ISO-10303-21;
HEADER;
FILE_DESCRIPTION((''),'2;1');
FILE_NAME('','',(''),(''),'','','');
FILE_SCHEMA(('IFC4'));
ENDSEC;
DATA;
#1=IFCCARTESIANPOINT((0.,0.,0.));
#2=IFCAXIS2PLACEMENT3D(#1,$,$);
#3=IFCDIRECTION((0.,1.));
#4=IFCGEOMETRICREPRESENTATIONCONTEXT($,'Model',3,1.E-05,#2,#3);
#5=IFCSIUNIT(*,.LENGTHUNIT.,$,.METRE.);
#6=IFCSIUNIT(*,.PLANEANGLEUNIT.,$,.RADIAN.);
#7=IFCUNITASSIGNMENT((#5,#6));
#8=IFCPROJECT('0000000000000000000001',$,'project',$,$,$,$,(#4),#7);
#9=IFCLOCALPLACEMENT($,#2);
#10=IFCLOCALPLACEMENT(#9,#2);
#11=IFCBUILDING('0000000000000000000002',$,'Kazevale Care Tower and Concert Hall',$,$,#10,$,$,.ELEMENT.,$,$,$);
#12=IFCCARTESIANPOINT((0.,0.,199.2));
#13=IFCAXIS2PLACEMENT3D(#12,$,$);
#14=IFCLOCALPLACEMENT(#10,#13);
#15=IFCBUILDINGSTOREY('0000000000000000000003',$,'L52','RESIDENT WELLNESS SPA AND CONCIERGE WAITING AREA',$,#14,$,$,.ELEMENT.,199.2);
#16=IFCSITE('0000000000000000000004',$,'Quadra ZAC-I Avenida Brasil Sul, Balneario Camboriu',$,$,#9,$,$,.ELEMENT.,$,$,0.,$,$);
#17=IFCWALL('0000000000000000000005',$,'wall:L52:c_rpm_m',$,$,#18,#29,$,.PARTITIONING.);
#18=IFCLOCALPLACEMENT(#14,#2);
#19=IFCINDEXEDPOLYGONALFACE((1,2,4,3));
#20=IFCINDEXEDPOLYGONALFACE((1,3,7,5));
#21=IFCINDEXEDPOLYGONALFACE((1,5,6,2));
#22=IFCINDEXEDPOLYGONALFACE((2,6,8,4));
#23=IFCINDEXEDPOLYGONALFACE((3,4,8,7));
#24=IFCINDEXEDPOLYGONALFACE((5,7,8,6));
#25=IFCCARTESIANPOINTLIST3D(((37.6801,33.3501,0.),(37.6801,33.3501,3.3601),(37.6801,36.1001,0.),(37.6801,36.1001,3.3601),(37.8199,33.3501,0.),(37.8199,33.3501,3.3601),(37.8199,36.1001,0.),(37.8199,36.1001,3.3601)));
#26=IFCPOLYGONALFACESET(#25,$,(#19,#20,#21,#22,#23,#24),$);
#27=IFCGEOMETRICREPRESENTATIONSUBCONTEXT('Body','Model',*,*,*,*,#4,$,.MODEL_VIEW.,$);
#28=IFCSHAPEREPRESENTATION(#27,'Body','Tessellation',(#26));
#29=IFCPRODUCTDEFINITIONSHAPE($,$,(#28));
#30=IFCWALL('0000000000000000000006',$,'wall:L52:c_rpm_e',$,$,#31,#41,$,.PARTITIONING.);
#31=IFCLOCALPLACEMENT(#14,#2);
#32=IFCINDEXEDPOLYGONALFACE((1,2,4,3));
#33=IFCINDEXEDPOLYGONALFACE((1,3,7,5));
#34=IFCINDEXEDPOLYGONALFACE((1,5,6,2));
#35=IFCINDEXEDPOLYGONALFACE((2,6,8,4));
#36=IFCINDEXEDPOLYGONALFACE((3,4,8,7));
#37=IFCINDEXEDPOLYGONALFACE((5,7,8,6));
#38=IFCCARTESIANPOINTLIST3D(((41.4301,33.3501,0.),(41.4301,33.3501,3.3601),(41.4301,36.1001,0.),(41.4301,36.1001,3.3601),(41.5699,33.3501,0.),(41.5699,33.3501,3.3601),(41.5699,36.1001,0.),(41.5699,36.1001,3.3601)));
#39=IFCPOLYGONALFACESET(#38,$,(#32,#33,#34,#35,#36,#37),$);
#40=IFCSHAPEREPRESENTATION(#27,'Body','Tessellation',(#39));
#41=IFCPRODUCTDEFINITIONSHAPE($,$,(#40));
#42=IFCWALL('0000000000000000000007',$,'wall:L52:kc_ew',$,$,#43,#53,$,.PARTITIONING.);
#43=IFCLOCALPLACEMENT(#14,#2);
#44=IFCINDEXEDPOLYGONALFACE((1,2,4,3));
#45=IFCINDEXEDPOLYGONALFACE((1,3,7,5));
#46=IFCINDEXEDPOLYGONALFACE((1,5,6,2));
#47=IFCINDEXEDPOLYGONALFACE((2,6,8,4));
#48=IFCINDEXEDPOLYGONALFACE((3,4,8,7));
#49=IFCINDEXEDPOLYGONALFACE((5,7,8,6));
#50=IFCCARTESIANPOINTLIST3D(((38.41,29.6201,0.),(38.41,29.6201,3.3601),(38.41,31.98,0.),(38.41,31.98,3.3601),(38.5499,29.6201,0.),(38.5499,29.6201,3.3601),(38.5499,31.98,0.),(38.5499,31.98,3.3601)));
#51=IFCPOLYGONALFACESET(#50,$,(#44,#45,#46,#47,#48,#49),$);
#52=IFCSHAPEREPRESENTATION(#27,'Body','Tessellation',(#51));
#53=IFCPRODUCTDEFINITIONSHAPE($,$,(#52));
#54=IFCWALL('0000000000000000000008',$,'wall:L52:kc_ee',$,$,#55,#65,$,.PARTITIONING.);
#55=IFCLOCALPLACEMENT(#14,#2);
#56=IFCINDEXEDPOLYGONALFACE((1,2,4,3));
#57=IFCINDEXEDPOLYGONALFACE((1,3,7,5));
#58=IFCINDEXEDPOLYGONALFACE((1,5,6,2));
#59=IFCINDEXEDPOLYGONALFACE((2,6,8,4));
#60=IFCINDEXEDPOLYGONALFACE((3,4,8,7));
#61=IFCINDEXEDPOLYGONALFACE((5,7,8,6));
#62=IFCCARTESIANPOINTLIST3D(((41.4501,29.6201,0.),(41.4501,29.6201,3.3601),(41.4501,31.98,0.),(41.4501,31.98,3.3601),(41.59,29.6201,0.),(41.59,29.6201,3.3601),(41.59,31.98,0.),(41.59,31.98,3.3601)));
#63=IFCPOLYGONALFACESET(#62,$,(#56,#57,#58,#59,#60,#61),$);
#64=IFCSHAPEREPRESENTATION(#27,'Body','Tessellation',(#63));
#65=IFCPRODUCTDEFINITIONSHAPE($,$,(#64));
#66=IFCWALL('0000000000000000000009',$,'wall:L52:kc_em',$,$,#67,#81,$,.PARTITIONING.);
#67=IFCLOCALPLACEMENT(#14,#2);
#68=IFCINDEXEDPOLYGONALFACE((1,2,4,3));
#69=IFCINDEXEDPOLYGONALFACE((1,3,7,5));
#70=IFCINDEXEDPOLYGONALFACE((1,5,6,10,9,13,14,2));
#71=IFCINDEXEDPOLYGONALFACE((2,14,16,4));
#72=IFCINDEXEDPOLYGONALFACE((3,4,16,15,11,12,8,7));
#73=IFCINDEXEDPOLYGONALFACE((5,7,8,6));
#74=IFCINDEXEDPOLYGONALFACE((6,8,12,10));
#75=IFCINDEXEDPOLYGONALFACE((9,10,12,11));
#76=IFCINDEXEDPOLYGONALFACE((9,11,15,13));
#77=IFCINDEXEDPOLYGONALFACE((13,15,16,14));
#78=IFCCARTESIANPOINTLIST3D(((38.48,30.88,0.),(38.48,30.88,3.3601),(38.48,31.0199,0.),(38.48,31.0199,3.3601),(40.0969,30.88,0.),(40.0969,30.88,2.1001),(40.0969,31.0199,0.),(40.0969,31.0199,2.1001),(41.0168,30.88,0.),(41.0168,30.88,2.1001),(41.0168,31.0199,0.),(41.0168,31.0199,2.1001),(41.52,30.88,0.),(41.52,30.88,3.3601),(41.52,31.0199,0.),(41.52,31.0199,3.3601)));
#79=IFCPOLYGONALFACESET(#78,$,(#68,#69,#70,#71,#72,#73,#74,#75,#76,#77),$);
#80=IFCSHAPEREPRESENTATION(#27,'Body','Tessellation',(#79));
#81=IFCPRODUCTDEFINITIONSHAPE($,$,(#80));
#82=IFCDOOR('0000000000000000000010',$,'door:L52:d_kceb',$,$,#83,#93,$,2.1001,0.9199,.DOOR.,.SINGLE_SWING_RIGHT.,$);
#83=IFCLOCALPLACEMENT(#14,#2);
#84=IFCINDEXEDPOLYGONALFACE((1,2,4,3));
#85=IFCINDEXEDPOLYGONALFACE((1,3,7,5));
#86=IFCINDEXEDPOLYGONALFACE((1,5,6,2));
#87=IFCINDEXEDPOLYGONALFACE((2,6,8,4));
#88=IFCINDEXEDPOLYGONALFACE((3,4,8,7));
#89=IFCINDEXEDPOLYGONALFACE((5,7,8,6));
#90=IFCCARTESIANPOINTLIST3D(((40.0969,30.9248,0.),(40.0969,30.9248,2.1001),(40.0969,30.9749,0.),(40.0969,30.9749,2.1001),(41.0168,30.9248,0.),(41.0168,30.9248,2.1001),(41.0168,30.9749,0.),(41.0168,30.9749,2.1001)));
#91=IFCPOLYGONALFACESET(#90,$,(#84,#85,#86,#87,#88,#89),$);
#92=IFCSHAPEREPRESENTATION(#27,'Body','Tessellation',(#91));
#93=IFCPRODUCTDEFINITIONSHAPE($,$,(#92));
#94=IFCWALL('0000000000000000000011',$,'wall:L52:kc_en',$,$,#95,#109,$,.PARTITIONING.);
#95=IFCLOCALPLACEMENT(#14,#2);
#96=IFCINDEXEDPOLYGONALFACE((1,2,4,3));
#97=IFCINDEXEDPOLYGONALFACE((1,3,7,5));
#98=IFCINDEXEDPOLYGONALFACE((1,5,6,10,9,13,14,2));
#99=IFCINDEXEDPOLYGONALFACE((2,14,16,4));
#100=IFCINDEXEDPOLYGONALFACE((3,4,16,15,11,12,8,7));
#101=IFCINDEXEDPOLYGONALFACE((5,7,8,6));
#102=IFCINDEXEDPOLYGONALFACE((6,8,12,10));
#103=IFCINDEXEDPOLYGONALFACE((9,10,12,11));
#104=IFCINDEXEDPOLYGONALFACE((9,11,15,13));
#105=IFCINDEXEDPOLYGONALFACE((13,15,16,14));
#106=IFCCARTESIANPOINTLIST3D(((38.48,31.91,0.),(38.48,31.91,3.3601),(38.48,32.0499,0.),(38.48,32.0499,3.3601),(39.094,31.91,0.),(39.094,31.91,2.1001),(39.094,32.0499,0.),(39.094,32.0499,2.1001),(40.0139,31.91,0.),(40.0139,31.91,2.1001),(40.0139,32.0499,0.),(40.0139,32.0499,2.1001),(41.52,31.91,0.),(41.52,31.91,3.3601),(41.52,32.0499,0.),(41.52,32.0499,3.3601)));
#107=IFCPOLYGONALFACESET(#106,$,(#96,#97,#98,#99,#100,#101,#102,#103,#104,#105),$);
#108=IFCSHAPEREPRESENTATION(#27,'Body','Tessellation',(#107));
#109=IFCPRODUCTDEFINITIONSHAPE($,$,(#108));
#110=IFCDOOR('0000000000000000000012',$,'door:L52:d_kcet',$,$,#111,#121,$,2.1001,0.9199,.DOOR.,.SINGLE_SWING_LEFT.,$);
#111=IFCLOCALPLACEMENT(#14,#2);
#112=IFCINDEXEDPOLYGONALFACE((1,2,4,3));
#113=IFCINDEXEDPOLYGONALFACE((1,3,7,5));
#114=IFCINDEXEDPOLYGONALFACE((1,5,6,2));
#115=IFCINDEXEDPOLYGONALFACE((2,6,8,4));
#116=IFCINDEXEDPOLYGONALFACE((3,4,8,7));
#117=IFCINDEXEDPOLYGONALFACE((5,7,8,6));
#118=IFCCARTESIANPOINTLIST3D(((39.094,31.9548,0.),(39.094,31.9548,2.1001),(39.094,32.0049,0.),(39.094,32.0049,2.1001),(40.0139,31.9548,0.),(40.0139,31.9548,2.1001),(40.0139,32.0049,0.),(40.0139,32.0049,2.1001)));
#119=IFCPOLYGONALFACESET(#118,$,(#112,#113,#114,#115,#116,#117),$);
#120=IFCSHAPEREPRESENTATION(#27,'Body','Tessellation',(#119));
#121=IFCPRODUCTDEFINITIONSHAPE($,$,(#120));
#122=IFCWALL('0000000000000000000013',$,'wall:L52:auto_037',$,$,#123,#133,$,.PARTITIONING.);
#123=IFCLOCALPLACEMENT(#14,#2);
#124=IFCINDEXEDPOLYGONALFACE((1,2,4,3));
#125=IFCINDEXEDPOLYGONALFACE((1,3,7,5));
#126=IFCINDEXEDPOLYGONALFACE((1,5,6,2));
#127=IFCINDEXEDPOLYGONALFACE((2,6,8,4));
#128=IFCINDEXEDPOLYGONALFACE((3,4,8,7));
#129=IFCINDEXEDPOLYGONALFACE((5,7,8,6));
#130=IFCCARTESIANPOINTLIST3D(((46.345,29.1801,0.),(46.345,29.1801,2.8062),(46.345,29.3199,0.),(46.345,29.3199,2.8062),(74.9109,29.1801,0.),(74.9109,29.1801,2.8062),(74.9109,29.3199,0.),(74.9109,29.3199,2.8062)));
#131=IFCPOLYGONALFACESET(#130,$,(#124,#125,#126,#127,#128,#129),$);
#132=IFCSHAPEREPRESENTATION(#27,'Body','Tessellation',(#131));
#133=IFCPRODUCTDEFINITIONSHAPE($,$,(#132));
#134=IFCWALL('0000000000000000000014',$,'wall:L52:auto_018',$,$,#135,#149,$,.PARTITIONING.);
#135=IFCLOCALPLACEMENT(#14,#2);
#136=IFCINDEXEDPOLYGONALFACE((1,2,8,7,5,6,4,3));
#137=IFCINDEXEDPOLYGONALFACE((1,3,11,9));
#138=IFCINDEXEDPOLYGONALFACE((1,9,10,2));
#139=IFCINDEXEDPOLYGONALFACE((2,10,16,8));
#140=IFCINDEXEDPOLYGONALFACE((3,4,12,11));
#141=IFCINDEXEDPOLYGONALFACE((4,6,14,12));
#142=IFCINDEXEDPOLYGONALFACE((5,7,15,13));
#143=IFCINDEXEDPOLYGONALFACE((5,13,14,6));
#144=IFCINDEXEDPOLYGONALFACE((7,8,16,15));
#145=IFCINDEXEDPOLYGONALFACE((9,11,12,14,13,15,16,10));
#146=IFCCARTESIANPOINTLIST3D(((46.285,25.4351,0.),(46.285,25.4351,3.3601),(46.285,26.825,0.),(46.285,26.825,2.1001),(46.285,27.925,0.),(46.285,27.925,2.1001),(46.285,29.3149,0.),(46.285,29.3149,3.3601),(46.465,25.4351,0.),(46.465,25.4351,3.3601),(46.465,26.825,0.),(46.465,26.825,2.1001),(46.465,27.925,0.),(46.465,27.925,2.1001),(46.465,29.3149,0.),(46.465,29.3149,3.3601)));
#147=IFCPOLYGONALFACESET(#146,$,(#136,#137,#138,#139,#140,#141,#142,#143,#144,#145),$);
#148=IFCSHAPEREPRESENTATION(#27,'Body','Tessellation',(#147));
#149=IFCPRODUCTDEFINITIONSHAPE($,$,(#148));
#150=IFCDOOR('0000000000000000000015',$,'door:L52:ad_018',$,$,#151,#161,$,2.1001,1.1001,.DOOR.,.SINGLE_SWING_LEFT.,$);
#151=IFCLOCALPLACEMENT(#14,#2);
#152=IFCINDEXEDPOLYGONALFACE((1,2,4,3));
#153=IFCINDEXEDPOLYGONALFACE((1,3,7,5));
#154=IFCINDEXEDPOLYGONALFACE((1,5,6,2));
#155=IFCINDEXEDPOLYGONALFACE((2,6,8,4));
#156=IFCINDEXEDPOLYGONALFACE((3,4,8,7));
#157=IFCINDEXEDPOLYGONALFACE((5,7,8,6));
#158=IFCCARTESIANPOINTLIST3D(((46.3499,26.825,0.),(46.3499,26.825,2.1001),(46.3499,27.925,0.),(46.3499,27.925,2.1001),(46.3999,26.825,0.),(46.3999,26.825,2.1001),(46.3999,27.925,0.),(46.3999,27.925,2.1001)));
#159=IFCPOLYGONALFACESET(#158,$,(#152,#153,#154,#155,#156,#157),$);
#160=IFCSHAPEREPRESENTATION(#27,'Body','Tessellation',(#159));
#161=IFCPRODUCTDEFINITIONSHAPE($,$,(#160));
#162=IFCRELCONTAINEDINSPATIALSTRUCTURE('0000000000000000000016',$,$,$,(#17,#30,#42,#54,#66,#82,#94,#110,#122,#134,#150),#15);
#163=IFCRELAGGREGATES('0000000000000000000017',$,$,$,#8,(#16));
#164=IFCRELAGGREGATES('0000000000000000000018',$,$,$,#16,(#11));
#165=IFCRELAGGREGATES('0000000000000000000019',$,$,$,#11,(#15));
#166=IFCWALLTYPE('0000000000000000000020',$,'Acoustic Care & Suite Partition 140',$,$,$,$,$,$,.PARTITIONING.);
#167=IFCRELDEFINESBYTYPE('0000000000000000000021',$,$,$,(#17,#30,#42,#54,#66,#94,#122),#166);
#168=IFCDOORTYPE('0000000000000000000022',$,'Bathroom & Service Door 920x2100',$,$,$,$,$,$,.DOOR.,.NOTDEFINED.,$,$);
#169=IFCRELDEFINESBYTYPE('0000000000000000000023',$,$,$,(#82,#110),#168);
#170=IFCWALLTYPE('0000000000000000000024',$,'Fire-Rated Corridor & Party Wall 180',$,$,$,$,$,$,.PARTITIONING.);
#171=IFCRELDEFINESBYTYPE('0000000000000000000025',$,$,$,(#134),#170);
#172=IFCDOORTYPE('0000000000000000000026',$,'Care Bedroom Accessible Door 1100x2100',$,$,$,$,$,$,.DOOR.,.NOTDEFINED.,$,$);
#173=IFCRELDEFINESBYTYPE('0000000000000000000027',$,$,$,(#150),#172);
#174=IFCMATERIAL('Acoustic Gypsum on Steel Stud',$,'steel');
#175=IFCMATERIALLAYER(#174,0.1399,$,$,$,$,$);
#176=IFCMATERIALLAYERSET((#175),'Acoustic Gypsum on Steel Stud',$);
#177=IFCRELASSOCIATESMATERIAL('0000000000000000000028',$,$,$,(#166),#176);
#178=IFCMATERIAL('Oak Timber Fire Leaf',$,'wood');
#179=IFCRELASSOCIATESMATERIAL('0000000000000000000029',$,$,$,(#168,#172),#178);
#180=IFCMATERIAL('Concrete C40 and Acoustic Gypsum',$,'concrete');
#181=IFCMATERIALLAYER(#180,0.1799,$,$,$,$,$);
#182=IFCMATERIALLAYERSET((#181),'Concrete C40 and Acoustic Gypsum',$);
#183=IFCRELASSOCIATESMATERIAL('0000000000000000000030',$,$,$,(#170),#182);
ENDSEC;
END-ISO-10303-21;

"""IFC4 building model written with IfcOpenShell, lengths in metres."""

from ifc_helpers import new_model, si_unit, direction, frame, frame_2d, origin, place, context, subcontext, project, spatial, rectangle, extrude, material, layer, layer_set, type_object, element, fill, save


model = new_model("IFC4")

# Units and contexts
model_context = context("Model", 3, precision=1e-05, world=origin(), true_north=direction((0.0, 1.0)))
body_context = subcontext(model_context, "Body", "Model", "MODEL_VIEW")
ifc_project = project(units=[si_unit("LENGTHUNIT", "METRE"), si_unit("PLANEANGLEUNIT", "RADIAN")], contexts=[model_context])

# Site, building, storey
site_placement = place(None, origin())
site = spatial("IfcSite", under=ifc_project, at=site_placement, Name="Quadra ZAC-I Avenida Brasil Sul, Balneario Camboriu", CompositionType="ELEMENT", RefElevation=0.0)
building_placement = place(site_placement, origin())
building = spatial("IfcBuilding", under=site, at=building_placement, Name="Kazevale Care Tower and Concert Hall", CompositionType="ELEMENT")
storey_placement = place(building_placement, frame((0.0, 0.0, 199.2)))
storey = spatial("IfcBuildingStorey", under=building, at=storey_placement, Name="L52", Description="RESIDENT WELLNESS SPA AND CONCIERGE WAITING AREA", CompositionType="ELEMENT", Elevation=199.2)

# Shared definitions
ifc_material_1 = material(Name="Acoustic Gypsum on Steel Stud", Category="steel")
ifc_layer_1 = layer(ifc_material_1, 0.1399)
ifc_layer_set_1 = layer_set([ifc_layer_1], Name="Acoustic Gypsum on Steel Stud")
wall_type_1 = type_object("IfcWallType", Name="Acoustic Care & Suite Partition 140", PredefinedType="PARTITIONING", material=ifc_layer_set_1)
ifc_material_2 = material(Name="Oak Timber Fire Leaf", Category="wood")
door_type_1 = type_object("IfcDoorType", Name="Bathroom & Service Door 920x2100", OperationType="NOTDEFINED", PredefinedType="DOOR", material=ifc_material_2)

# Walls
for number, where, z_axis, x_axis, name in (
    (1, (37.75, 33.3501, 0.0), (0.0, 0.0, 1.0), (0.0, 1.0, 0.0), "wall:L52:c_rpm_m"),
    (2, (41.5, 33.3501, 0.0), (0.0, 0.0, 1.0), (0.0, 1.0, 0.0), "wall:L52:c_rpm_e"),
):
    element("IfcWall", number, at=place(storey_placement, frame(where, z_axis=z_axis, x_axis=x_axis)), inside=storey, type_object=wall_type_1, Name=name, PredefinedType="PARTITIONING", context=body_context, shape_type="SweptSolid", body=[
        extrude(rectangle(XDim=2.75, YDim=0.1399, at=frame_2d((1.375, 0.0))), origin(), (0.0, 0.0, 1.0), 3.3601),
    ])
for number, where, z_axis, x_axis, name in (
    (3, (38.48, 29.6201, 0.0), (0.0, 0.0, 1.0), (0.0, 1.0, 0.0), "wall:L52:kc_ew"),
    (4, (41.52, 29.6201, 0.0), (0.0, 0.0, 1.0), (0.0, 1.0, 0.0), "wall:L52:kc_ee"),
):
    element("IfcWall", number, at=place(storey_placement, frame(where, z_axis=z_axis, x_axis=x_axis)), inside=storey, type_object=wall_type_1, Name=name, PredefinedType="PARTITIONING", context=body_context, shape_type="SweptSolid", body=[
        extrude(rectangle(XDim=2.3599, YDim=0.1399, at=frame_2d((1.1799, 0.0))), origin(), (0.0, 0.0, 1.0), 3.3601),
    ])

# Walls, openings, doors
wall_1_placement = place(storey_placement, frame((38.48, 30.95, 0.0), z_axis=(0.0, 0.0, 1.0), x_axis=(1.0, 0.0, 0.0)))
wall_1 = element("IfcWall", 5, at=wall_1_placement, inside=storey, type_object=wall_type_1, Name="wall:L52:kc_em", PredefinedType="PARTITIONING", context=body_context, shape_type="SweptSolid", body=[
    extrude(rectangle(XDim=3.04, YDim=0.1399, at=frame_2d((1.52, 0.0))), origin(), (0.0, 0.0, 1.0), 3.3601),
])
opening_1_placement = place(wall_1_placement, frame((1.6169, 0.0, 0.0)))
opening_1 = element("IfcOpeningElement", 6, at=opening_1_placement, cuts=wall_1, PredefinedType="OPENING", context=body_context, shape_type="SweptSolid", body=[
    extrude(rectangle(XDim=0.9199, YDim=2.1001, at=frame_2d((0.46, 1.05))), frame((0.0, 0.0798, 0.0), z_axis=(0.0, -1.0, 0.0), x_axis=(1.0, 0.0, 0.0)), (0.0, 0.0, 1.0), 0.1599),
])
door_1_placement = place(opening_1_placement, origin())
door_1 = element("IfcDoor", 7, at=door_1_placement, inside=storey, type_object=door_type_1, Name="door:L52:d_kceb", OperationType="SINGLE_SWING_RIGHT", OverallHeight=2.1001, OverallWidth=0.9199, PredefinedType="DOOR", context=body_context, shape_type="SweptSolid", body=[
    extrude(rectangle(XDim=0.9199, YDim=2.1001, at=frame_2d((0.46, 1.05))), frame((0.0, 0.0249, 0.0), z_axis=(0.0, -1.0, 0.0), x_axis=(1.0, 0.0, 0.0)), (0.0, 0.0, 1.0), 0.05),
])
fill(opening_1, door_1)
wall_2_placement = place(storey_placement, frame((38.48, 31.98, 0.0), z_axis=(0.0, 0.0, 1.0), x_axis=(1.0, 0.0, 0.0)))
wall_2 = element("IfcWall", 8, at=wall_2_placement, inside=storey, type_object=wall_type_1, Name="wall:L52:kc_en", PredefinedType="PARTITIONING", context=body_context, shape_type="SweptSolid", body=[
    extrude(rectangle(XDim=3.04, YDim=0.1399, at=frame_2d((1.52, 0.0))), origin(), (0.0, 0.0, 1.0), 3.3601),
])
opening_2_placement = place(wall_2_placement, frame((0.614, 0.0, 0.0)))
opening_2 = element("IfcOpeningElement", 9, at=opening_2_placement, cuts=wall_2, PredefinedType="OPENING", context=body_context, shape_type="SweptSolid", body=[
    extrude(rectangle(XDim=0.9199, YDim=2.1001, at=frame_2d((0.46, 1.05))), frame((0.0, 0.0798, 0.0), z_axis=(0.0, -1.0, 0.0), x_axis=(1.0, 0.0, 0.0)), (0.0, 0.0, 1.0), 0.1599),
])
door_2_placement = place(opening_2_placement, origin())
door_2 = element("IfcDoor", 10, at=door_2_placement, inside=storey, type_object=door_type_1, Name="door:L52:d_kcet", OperationType="SINGLE_SWING_LEFT", OverallHeight=2.1001, OverallWidth=0.9199, PredefinedType="DOOR", context=body_context, shape_type="SweptSolid", body=[
    extrude(rectangle(XDim=0.9199, YDim=2.1001, at=frame_2d((0.46, 1.05))), frame((0.0, 0.0249, 0.0), z_axis=(0.0, -1.0, 0.0), x_axis=(1.0, 0.0, 0.0)), (0.0, 0.0, 1.0), 0.05),
])
fill(opening_2, door_2)

# Wall
wall_3_placement = place(storey_placement, frame((46.345, 29.25, 0.0), z_axis=(0.0, 0.0, 1.0), x_axis=(1.0, 0.0, 0.0)))
element("IfcWall", 11, at=wall_3_placement, inside=storey, type_object=wall_type_1, Name="wall:L52:auto_037", PredefinedType="PARTITIONING", context=body_context, shape_type="SweptSolid", body=[
    extrude(rectangle(XDim=28.5659, YDim=0.1399, at=frame_2d((14.283, 0.0))), origin(), (0.0, 0.0, 1.0), 2.8062),
])

# Wall, opening, door
ifc_material_3 = material(Name="Concrete C40 and Acoustic Gypsum", Category="concrete")
ifc_layer_2 = layer(ifc_material_3, 0.1799)
ifc_layer_set_2 = layer_set([ifc_layer_2], Name="Concrete C40 and Acoustic Gypsum")
wall_type_2 = type_object("IfcWallType", Name="Fire-Rated Corridor & Party Wall 180", PredefinedType="PARTITIONING", material=ifc_layer_set_2)
wall_4_placement = place(storey_placement, frame((46.375, 29.3149, 0.0), z_axis=(0.0, 0.0, 1.0), x_axis=(0.0, -1.0, 0.0)))
wall_4 = element("IfcWall", 12, at=wall_4_placement, inside=storey, type_object=wall_type_2, Name="wall:L52:auto_018", PredefinedType="PARTITIONING", context=body_context, shape_type="SweptSolid", body=[
    extrude(rectangle(XDim=3.8799, YDim=0.1799, at=frame_2d((1.9399, 0.0))), origin(), (0.0, 0.0, 1.0), 3.3601),
])
opening_3_placement = place(wall_4_placement, frame((1.3899, 0.0, 0.0)))
opening_3 = element("IfcOpeningElement", 13, at=opening_3_placement, cuts=wall_4, PredefinedType="OPENING", context=body_context, shape_type="SweptSolid", body=[
    extrude(rectangle(XDim=1.1001, YDim=2.1001, at=frame_2d((0.55, 1.05))), frame((0.0, 0.0999, 0.0), z_axis=(0.0, -1.0, 0.0), x_axis=(1.0, 0.0, 0.0)), (0.0, 0.0, 1.0), 0.2),
])
door_type_2 = type_object("IfcDoorType", Name="Care Bedroom Accessible Door 1100x2100", OperationType="NOTDEFINED", PredefinedType="DOOR", material=ifc_material_2)
door_3_placement = place(opening_3_placement, origin())
door_3 = element("IfcDoor", 14, at=door_3_placement, inside=storey, type_object=door_type_2, Name="door:L52:ad_018", OperationType="SINGLE_SWING_LEFT", OverallHeight=2.1001, OverallWidth=1.1001, PredefinedType="DOOR", context=body_context, shape_type="SweptSolid", body=[
    extrude(rectangle(XDim=1.1001, YDim=2.1001, at=frame_2d((0.55, 1.05))), frame((0.0, 0.0249, 0.0), z_axis=(0.0, -1.0, 0.0), x_axis=(1.0, 0.0, 0.0)), (0.0, 0.0, 1.0), 0.05),
])
fill(opening_3, door_3)

save(model, "model.ifc")
